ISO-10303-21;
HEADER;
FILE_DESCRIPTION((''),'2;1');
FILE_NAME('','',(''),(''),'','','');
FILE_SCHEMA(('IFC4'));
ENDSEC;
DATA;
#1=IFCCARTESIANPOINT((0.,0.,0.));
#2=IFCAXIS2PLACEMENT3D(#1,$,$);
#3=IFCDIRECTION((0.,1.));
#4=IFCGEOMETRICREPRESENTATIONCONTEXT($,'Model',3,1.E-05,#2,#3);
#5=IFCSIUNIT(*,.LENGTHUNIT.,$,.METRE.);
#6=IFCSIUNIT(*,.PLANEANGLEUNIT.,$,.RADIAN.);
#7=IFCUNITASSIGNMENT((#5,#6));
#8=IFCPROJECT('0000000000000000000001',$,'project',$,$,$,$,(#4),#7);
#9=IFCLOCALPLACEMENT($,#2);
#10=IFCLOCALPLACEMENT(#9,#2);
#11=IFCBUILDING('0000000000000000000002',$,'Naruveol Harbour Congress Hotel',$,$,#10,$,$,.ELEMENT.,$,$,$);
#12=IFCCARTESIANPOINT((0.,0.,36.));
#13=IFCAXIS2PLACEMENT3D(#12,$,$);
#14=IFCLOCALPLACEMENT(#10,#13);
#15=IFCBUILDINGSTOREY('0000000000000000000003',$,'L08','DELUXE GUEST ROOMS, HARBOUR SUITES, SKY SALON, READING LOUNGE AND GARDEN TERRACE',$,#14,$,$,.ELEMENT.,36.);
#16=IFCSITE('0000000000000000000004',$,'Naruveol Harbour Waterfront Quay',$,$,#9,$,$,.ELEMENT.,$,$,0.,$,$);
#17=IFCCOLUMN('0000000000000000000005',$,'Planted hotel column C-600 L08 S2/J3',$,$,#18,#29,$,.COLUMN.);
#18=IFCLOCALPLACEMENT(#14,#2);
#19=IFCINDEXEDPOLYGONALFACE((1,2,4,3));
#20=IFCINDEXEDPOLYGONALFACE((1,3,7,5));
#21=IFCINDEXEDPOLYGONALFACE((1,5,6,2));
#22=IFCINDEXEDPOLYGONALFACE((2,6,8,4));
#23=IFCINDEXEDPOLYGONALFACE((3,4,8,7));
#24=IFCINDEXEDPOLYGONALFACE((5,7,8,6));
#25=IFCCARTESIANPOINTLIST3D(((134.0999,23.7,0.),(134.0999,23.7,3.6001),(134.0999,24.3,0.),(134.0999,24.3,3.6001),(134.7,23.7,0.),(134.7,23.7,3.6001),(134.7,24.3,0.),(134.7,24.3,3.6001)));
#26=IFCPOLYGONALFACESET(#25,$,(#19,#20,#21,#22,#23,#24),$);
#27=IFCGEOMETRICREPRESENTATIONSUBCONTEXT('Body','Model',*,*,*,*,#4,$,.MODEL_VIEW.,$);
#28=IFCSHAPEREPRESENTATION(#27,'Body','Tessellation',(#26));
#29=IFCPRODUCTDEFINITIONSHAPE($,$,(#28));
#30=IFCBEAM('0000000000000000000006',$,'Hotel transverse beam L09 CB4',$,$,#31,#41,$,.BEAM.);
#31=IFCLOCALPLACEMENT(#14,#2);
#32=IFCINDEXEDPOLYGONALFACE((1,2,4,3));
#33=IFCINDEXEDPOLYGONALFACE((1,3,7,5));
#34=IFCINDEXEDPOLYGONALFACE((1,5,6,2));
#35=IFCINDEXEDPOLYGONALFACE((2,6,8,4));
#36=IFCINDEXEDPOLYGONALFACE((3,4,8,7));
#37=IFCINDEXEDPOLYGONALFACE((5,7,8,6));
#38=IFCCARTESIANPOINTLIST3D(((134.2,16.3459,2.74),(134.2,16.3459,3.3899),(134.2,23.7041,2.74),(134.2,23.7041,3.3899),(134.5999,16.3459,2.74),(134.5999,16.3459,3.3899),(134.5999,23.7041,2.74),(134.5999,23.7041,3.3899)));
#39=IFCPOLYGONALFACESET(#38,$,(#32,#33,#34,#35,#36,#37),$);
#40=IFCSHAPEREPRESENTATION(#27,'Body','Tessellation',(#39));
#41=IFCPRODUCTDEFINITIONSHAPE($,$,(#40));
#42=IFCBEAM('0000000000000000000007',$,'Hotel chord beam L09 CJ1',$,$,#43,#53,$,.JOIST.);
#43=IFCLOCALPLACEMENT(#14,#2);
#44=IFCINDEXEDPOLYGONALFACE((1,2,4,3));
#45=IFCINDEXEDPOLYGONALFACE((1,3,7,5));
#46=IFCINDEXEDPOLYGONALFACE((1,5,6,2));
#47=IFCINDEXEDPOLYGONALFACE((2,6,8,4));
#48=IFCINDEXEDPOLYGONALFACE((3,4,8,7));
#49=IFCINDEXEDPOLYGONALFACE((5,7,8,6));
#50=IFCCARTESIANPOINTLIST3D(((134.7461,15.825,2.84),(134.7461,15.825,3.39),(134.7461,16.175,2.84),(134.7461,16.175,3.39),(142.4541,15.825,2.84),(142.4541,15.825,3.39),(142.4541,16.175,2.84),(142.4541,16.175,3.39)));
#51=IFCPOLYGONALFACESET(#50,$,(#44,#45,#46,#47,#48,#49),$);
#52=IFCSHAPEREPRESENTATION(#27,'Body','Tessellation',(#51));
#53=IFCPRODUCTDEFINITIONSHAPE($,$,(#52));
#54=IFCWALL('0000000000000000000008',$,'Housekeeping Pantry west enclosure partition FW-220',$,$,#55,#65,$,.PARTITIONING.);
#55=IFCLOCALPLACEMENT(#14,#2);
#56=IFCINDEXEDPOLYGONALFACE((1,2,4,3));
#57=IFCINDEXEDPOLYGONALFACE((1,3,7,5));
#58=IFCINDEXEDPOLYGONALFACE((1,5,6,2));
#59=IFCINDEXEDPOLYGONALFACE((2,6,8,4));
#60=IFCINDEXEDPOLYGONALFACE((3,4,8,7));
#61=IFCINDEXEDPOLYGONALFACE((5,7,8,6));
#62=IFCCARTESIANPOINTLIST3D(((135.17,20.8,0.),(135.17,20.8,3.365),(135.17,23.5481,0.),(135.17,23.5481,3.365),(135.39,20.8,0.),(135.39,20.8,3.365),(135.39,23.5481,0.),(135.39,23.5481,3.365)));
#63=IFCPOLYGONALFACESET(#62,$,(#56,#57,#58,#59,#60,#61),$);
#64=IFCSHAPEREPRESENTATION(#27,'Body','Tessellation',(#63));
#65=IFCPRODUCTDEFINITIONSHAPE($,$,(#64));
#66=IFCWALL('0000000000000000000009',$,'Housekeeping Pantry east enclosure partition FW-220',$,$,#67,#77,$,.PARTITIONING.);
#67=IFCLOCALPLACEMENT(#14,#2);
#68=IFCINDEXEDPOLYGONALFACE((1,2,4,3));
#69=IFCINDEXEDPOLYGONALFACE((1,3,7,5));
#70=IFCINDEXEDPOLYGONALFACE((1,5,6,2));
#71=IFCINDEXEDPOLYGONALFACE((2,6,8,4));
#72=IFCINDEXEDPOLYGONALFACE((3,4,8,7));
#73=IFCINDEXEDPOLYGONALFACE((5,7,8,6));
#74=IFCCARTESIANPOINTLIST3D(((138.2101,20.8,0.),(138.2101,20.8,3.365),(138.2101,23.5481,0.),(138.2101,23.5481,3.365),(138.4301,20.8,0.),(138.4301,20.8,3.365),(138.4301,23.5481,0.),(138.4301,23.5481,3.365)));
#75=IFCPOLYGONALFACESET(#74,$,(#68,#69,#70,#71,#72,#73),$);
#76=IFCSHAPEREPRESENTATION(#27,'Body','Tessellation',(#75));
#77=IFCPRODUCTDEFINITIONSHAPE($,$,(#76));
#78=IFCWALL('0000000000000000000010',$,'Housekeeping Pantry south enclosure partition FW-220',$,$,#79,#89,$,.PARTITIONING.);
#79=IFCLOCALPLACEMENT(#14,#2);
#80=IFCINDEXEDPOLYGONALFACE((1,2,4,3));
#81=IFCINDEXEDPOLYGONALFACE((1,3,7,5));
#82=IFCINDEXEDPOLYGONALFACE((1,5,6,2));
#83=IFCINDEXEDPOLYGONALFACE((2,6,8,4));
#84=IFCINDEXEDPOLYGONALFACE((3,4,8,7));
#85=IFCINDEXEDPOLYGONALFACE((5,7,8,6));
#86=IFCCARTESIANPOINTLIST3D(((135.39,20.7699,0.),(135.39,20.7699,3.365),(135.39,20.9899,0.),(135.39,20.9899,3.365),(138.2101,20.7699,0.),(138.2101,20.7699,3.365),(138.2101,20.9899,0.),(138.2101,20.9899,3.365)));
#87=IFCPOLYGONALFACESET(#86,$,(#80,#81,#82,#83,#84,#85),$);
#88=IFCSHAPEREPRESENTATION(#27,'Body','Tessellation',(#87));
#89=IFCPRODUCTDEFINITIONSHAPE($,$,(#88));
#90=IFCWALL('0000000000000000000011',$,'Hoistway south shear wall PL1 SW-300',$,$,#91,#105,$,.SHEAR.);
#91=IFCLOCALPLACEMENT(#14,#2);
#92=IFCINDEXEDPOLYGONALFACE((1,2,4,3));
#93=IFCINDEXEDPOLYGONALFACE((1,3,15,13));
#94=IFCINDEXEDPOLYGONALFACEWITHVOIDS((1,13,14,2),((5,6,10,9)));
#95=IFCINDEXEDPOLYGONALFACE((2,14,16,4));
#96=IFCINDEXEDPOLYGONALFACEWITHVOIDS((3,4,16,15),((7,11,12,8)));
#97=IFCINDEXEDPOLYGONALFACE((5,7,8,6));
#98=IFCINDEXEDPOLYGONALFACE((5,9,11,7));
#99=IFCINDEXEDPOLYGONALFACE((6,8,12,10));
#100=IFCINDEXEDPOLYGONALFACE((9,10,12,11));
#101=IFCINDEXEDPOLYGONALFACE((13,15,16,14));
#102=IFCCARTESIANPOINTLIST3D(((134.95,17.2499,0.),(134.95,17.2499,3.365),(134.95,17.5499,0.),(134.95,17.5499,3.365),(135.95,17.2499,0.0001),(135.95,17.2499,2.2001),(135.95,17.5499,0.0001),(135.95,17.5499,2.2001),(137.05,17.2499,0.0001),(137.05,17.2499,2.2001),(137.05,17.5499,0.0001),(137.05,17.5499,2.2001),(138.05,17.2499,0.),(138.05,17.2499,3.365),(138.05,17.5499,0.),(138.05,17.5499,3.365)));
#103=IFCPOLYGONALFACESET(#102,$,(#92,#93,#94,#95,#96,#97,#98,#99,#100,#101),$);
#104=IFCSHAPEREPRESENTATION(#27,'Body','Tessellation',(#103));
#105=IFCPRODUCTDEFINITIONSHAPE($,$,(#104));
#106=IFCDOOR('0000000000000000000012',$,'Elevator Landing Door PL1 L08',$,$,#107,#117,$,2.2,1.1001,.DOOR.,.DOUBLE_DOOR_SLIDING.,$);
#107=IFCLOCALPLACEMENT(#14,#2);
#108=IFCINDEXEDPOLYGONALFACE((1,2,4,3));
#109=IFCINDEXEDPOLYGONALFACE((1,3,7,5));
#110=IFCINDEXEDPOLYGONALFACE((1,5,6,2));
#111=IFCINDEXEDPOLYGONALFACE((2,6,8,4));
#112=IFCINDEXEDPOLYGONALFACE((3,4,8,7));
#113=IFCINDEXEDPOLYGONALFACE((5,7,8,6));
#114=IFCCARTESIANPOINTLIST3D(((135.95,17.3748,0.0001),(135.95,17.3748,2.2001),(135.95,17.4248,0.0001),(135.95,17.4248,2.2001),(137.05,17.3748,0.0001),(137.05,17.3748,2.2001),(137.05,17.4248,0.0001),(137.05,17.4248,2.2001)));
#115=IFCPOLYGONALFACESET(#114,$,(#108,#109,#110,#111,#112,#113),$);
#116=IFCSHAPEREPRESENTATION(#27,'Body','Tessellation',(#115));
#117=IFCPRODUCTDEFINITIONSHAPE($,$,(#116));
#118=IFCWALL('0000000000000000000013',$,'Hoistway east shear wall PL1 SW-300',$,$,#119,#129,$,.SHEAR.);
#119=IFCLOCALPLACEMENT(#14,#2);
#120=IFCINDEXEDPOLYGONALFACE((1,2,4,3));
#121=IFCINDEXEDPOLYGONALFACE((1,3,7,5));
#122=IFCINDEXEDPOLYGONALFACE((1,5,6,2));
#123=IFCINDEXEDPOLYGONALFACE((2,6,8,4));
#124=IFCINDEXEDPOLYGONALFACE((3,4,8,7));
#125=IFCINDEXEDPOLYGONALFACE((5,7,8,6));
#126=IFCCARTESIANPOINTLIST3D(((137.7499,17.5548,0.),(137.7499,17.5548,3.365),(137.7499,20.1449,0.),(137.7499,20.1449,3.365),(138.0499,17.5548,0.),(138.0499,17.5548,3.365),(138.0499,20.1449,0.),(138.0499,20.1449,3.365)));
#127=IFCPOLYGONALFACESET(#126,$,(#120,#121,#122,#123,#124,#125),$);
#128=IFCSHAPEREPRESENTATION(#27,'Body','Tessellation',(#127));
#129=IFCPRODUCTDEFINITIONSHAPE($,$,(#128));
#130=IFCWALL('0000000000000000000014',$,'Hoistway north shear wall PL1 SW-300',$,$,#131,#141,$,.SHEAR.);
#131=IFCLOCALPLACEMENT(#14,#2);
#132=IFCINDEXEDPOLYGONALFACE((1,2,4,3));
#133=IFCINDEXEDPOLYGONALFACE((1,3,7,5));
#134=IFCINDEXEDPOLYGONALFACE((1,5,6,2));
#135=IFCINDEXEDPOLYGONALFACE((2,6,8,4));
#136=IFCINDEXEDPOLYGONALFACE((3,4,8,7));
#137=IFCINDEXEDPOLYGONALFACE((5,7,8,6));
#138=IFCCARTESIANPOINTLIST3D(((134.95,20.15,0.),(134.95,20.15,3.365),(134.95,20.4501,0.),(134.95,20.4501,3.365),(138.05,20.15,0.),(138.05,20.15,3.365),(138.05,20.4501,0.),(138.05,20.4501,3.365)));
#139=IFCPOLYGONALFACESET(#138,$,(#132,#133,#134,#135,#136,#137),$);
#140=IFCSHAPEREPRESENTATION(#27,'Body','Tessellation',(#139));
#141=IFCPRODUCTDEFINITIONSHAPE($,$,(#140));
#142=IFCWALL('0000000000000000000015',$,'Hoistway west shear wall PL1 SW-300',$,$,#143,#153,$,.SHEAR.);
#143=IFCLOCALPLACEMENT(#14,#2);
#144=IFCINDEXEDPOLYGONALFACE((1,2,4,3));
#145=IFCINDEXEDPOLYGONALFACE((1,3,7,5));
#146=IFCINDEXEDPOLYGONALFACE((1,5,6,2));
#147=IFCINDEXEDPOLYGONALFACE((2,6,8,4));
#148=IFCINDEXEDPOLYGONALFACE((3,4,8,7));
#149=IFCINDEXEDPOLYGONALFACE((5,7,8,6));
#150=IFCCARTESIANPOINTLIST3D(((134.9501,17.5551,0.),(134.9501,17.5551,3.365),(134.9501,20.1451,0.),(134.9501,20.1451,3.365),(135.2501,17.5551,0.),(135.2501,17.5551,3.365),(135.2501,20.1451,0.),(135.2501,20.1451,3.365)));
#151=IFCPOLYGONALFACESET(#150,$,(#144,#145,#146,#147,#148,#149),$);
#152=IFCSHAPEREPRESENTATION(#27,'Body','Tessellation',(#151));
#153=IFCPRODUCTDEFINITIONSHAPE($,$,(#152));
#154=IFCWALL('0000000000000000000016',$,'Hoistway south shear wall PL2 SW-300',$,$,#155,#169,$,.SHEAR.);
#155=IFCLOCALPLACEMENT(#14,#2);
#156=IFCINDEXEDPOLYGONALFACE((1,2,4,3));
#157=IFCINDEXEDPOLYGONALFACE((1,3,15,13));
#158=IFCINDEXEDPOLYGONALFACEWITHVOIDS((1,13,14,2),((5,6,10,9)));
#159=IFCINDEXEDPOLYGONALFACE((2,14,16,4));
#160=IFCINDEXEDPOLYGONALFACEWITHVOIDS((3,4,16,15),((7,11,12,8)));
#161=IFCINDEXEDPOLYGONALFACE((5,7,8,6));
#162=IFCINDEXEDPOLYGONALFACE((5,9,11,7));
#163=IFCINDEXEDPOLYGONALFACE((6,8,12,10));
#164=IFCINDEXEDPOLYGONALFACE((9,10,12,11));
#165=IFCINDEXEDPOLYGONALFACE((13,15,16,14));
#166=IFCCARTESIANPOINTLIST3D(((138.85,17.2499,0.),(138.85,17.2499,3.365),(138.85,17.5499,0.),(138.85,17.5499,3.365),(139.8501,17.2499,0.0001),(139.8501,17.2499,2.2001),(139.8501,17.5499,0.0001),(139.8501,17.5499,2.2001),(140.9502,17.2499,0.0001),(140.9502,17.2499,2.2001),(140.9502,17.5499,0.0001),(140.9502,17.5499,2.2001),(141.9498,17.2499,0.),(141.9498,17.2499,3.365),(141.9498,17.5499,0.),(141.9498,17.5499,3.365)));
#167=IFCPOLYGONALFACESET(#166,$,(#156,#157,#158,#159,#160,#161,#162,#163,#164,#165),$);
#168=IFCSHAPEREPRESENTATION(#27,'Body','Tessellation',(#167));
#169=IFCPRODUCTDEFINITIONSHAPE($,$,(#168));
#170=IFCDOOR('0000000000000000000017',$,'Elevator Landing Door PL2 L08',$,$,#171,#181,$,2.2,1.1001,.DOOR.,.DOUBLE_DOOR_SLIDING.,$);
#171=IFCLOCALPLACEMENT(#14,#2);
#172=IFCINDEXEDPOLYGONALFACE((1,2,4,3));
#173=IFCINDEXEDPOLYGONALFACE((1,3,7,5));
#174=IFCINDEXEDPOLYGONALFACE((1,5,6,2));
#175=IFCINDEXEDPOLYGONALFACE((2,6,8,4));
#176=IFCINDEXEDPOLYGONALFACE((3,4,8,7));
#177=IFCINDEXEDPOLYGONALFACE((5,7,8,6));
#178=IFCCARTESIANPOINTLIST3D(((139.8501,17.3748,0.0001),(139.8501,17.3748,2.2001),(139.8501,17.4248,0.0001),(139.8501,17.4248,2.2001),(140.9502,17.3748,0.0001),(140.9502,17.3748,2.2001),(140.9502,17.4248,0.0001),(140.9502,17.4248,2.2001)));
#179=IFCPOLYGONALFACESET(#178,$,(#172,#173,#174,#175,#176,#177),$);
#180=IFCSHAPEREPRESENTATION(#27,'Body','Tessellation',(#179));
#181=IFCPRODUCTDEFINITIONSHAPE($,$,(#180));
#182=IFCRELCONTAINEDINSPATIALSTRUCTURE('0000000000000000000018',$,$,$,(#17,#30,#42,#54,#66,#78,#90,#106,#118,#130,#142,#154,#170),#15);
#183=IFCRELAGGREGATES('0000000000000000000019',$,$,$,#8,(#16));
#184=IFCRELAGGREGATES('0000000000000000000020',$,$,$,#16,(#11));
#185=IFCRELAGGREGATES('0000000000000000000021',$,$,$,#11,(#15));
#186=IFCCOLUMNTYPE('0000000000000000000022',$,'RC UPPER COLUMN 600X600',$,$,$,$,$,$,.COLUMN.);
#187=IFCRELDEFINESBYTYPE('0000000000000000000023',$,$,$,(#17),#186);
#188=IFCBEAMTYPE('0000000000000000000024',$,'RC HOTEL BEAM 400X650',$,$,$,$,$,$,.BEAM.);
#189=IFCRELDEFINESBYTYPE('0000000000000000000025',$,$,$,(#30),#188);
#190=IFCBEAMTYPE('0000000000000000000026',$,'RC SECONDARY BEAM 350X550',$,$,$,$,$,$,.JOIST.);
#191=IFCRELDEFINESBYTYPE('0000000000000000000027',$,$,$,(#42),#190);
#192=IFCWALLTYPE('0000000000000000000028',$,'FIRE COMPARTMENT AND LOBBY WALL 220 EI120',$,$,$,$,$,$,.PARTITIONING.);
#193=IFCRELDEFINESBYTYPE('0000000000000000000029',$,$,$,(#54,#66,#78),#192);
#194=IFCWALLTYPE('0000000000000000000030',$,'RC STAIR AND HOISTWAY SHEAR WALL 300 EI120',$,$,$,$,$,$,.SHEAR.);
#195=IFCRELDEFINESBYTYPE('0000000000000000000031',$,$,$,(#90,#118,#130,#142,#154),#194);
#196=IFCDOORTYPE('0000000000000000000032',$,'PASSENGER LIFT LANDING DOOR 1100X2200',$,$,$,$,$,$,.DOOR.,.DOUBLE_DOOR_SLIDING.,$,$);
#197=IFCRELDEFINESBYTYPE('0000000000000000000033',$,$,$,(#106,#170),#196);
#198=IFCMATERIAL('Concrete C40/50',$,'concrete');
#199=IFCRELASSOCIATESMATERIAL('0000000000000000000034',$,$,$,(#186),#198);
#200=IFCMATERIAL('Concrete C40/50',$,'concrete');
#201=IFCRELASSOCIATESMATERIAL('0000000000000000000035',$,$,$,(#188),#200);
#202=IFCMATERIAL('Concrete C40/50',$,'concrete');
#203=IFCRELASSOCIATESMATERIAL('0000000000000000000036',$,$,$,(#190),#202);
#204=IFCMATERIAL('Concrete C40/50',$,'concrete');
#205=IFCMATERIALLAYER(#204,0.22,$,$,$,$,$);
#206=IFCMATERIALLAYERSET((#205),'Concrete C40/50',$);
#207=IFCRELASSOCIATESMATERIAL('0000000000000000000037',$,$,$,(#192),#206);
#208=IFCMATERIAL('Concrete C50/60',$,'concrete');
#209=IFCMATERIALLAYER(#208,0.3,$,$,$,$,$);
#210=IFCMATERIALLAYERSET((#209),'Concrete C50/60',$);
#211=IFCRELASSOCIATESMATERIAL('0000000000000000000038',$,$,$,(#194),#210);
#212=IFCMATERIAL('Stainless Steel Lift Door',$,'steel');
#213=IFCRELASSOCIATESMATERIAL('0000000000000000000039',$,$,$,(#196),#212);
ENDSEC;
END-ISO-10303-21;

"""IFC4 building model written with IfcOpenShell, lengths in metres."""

from ifc_helpers import new_model, si_unit, direction, frame, frame_2d, origin, origin_2d, place, context, subcontext, project, spatial, rectangle, extrude, material, layer, layer_set, material_profile, profile_set, type_object, element, fill, save


model = new_model("IFC4")

# Units and contexts
model_context = context("Model", 3, precision=1e-05, world=origin(), true_north=direction((0.0, 1.0)))
body_context = subcontext(model_context, "Body", "Model", "MODEL_VIEW")
ifc_project = project(units=[si_unit("LENGTHUNIT", "METRE"), si_unit("PLANEANGLEUNIT", "RADIAN")], contexts=[model_context])

# Site, building, storey
site_placement = place(None, origin())
site = spatial("IfcSite", under=ifc_project, at=site_placement, Name="Naruveol Harbour Waterfront Quay", CompositionType="ELEMENT", RefElevation=0.0)
building_placement = place(site_placement, origin())
building = spatial("IfcBuilding", under=site, at=building_placement, Name="Naruveol Harbour Congress Hotel", CompositionType="ELEMENT")
storey_placement = place(building_placement, frame((0.0, 0.0, 36.0)))
storey = spatial("IfcBuildingStorey", under=building, at=storey_placement, Name="L08", Description="DELUXE GUEST ROOMS, HARBOUR SUITES, SKY SALON, READING LOUNGE AND GARDEN TERRACE", CompositionType="ELEMENT", Elevation=36.0)

# Column
ifc_material_1 = material(Name="Concrete C40/50", Category="concrete")
ifc_material_profile_1 = material_profile(ifc_material_1, rectangle(XDim=0.6001, YDim=0.6001, at=origin_2d()), Name="RC-600x600")
ifc_profile_set_1 = profile_set([ifc_material_profile_1], Name="Concrete C40/50")
column_type = type_object("IfcColumnType", Name="RC UPPER COLUMN 600X600", PredefinedType="COLUMN", material=ifc_profile_set_1)
column_placement = place(storey_placement, frame((134.3999, 24.0, 0.0), z_axis=(0.0, 0.0, 1.0), x_axis=(1.0, 0.0, 0.0)))
element("IfcColumn", 1, at=column_placement, inside=storey, type_object=column_type, Name="Planted hotel column C-600 L08 S2/J3", PredefinedType="COLUMN", context=body_context, shape_type="SweptSolid", body=[
    extrude(rectangle(XDim=0.6001, YDim=0.6001, at=origin_2d()), origin(), (0.0, 0.0, 1.0), 3.6001),
])

# Beams
ifc_material_2 = material(Name="Concrete C40/50", Category="concrete")
ifc_material_profile_2 = material_profile(ifc_material_2, rectangle(XDim=0.3999, YDim=0.6499, at=origin_2d()), Name="RCB-400x650")
ifc_profile_set_2 = profile_set([ifc_material_profile_2], Name="Concrete C40/50")
beam_type_1 = type_object("IfcBeamType", Name="RC HOTEL BEAM 400X650", PredefinedType="BEAM", material=ifc_profile_set_2)
beam_1_placement = place(storey_placement, frame((134.3999, 16.3459, 3.0649), z_axis=(0.0, 1.0, 0.0), x_axis=(-1.0, 0.0, 0.0)))
element("IfcBeam", 2, at=beam_1_placement, inside=storey, type_object=beam_type_1, Name="Hotel transverse beam L09 CB4", PredefinedType="BEAM", context=body_context, shape_type="SweptSolid", body=[
    extrude(rectangle(XDim=0.3999, YDim=0.6499, at=origin_2d()), origin(), (0.0, 0.0, 1.0), 7.3582),
])
ifc_material_3 = material(Name="Concrete C40/50", Category="concrete")
ifc_material_profile_3 = material_profile(ifc_material_3, rectangle(XDim=0.3501, YDim=0.55, at=origin_2d()), Name="RCB-350x550")
ifc_profile_set_3 = profile_set([ifc_material_profile_3], Name="Concrete C40/50")
beam_type_2 = type_object("IfcBeamType", Name="RC SECONDARY BEAM 350X550", PredefinedType="JOIST", material=ifc_profile_set_3)
beam_2_placement = place(storey_placement, frame((134.7461, 16.0, 3.115), z_axis=(1.0, 0.0, 0.0), x_axis=(0.0, 1.0, 0.0)))
element("IfcBeam", 3, at=beam_2_placement, inside=storey, type_object=beam_type_2, Name="Hotel chord beam L09 CJ1", PredefinedType="JOIST", context=body_context, shape_type="SweptSolid", body=[
    extrude(rectangle(XDim=0.3501, YDim=0.55, at=origin_2d()), origin(), (0.0, 0.0, 1.0), 7.708),
])

# Shared definitions
ifc_material_4 = material(Name="Concrete C40/50", Category="concrete")
ifc_layer_1 = layer(ifc_material_4, 0.22)
ifc_layer_set_1 = layer_set([ifc_layer_1], Name="Concrete C40/50")
wall_type_1 = type_object("IfcWallType", Name="FIRE COMPARTMENT AND LOBBY WALL 220 EI120", PredefinedType="PARTITIONING", material=ifc_layer_set_1)

# Walls
for number, where, z_axis, x_axis, name in (
    (4, (135.28, 20.8, 0.0), (0.0, 0.0, 1.0), (0.0, 1.0, 0.0), "Housekeeping Pantry west enclosure partition FW-220"),
    (5, (138.3201, 20.8, 0.0), (0.0, 0.0, 1.0), (0.0, 1.0, 0.0), "Housekeeping Pantry east enclosure partition FW-220"),
):
    element("IfcWall", number, at=place(storey_placement, frame(where, z_axis=z_axis, x_axis=x_axis)), inside=storey, type_object=wall_type_1, Name=name, PredefinedType="PARTITIONING", context=body_context, shape_type="SweptSolid", body=[
        extrude(rectangle(XDim=2.748, YDim=0.22, at=frame_2d((1.374, 0.0))), origin(), (0.0, 0.0, 1.0), 3.365),
    ])
wall_1_placement = place(storey_placement, frame((135.3899, 20.8799, 0.0), z_axis=(0.0, 0.0, 1.0), x_axis=(1.0, 0.0, 0.0)))
element("IfcWall", 6, at=wall_1_placement, inside=storey, type_object=wall_type_1, Name="Housekeeping Pantry south enclosure partition FW-220", PredefinedType="PARTITIONING", context=body_context, shape_type="SweptSolid", body=[
    extrude(rectangle(XDim=2.8201, YDim=0.22, at=frame_2d((1.4102, 0.0))), origin(), (0.0, 0.0, 1.0), 3.365),
])

# Wall, opening, door
ifc_material_5 = material(Name="Concrete C50/60", Category="concrete")
ifc_layer_2 = layer(ifc_material_5, 0.3)
ifc_layer_set_2 = layer_set([ifc_layer_2], Name="Concrete C50/60")
wall_type_2 = type_object("IfcWallType", Name="RC STAIR AND HOISTWAY SHEAR WALL 300 EI120", PredefinedType="SHEAR", material=ifc_layer_set_2)
wall_2_placement = place(storey_placement, frame((134.95, 17.3999, 0.0), z_axis=(0.0, 0.0, 1.0), x_axis=(1.0, 0.0, 0.0)))
wall_2 = element("IfcWall", 7, at=wall_2_placement, inside=storey, type_object=wall_type_2, Name="Hoistway south shear wall PL1 SW-300", PredefinedType="SHEAR", context=body_context, shape_type="SweptSolid", body=[
    extrude(rectangle(XDim=3.1001, YDim=0.3, at=frame_2d((1.55, 0.0))), origin(), (0.0, 0.0, 1.0), 3.365),
])
opening_1_placement = place(wall_2_placement, frame((1.0, 0.0, 0.0)))
opening_1 = element("IfcOpeningElement", 8, at=opening_1_placement, cuts=wall_2, PredefinedType="OPENING", context=body_context, shape_type="SweptSolid", body=[
    extrude(rectangle(XDim=1.1001, YDim=2.2, at=frame_2d((0.55, 1.1001))), frame((0.0, 0.1599, 0.0), z_axis=(0.0, -1.0, 0.0), x_axis=(1.0, 0.0, 0.0)), (0.0, 0.0, 1.0), 0.3201),
])
ifc_material_6 = material(Name="Stainless Steel Lift Door", Category="steel")
door_type_1 = type_object("IfcDoorType", Name="PASSENGER LIFT LANDING DOOR 1100X2200", OperationType="DOUBLE_DOOR_SLIDING", PredefinedType="DOOR", material=ifc_material_6)
door_1_placement = place(opening_1_placement, origin())
door_1 = element("IfcDoor", 9, at=door_1_placement, inside=storey, type_object=door_type_1, Name="Elevator Landing Door PL1 L08", OperationType="DOUBLE_DOOR_SLIDING", OverallHeight=2.2, OverallWidth=1.1001, PredefinedType="DOOR", context=body_context, shape_type="SweptSolid", body=[
    extrude(rectangle(XDim=1.1001, YDim=2.2, at=frame_2d((0.55, 1.1001))), frame((0.0, 0.0249, 0.0), z_axis=(0.0, -1.0, 0.0), x_axis=(1.0, 0.0, 0.0)), (0.0, 0.0, 1.0), 0.05),
])
fill(opening_1, door_1)

# Walls
wall_3_placement = place(storey_placement, frame((137.8999, 17.5549, 0.0), z_axis=(0.0, 0.0, 1.0), x_axis=(0.0, 1.0, 0.0)))
element("IfcWall", 10, at=wall_3_placement, inside=storey, type_object=wall_type_2, Name="Hoistway east shear wall PL1 SW-300", PredefinedType="SHEAR", context=body_context, shape_type="SweptSolid", body=[
    extrude(rectangle(XDim=2.5901, YDim=0.3, at=frame_2d((1.2949, 0.0))), origin(), (0.0, 0.0, 1.0), 3.365),
])
wall_4_placement = place(storey_placement, frame((138.05, 20.3, 0.0), z_axis=(0.0, 0.0, 1.0), x_axis=(-1.0, 0.0, 0.0)))
element("IfcWall", 11, at=wall_4_placement, inside=storey, type_object=wall_type_2, Name="Hoistway north shear wall PL1 SW-300", PredefinedType="SHEAR", context=body_context, shape_type="SweptSolid", body=[
    extrude(rectangle(XDim=3.1001, YDim=0.3, at=frame_2d((1.55, 0.0))), origin(), (0.0, 0.0, 1.0), 3.365),
])
wall_5_placement = place(storey_placement, frame((135.1001, 20.145, 0.0), z_axis=(0.0, 0.0, 1.0), x_axis=(0.0, -1.0, 0.0)))
element("IfcWall", 12, at=wall_5_placement, inside=storey, type_object=wall_type_2, Name="Hoistway west shear wall PL1 SW-300", PredefinedType="SHEAR", context=body_context, shape_type="SweptSolid", body=[
    extrude(rectangle(XDim=2.5901, YDim=0.3, at=frame_2d((1.2949, 0.0))), origin(), (0.0, 0.0, 1.0), 3.365),
])

# Wall, opening, door
wall_6_placement = place(storey_placement, frame((138.8501, 17.3999, 0.0), z_axis=(0.0, 0.0, 1.0), x_axis=(1.0, 0.0, 0.0)))
wall_6 = element("IfcWall", 13, at=wall_6_placement, inside=storey, type_object=wall_type_2, Name="Hoistway south shear wall PL2 SW-300", PredefinedType="SHEAR", context=body_context, shape_type="SweptSolid", body=[
    extrude(rectangle(XDim=3.0999, YDim=0.3, at=frame_2d((1.5498, 0.0))), origin(), (0.0, 0.0, 1.0), 3.365),
])
opening_2_placement = place(wall_6_placement, frame((1.0, 0.0, 0.0)))
opening_2 = element("IfcOpeningElement", 14, at=opening_2_placement, cuts=wall_6, PredefinedType="OPENING", context=body_context, shape_type="SweptSolid", body=[
    extrude(rectangle(XDim=1.1001, YDim=2.2, at=frame_2d((0.55, 1.1001))), frame((0.0, 0.1599, 0.0), z_axis=(0.0, -1.0, 0.0), x_axis=(1.0, 0.0, 0.0)), (0.0, 0.0, 1.0), 0.3201),
])
door_2_placement = place(opening_2_placement, origin())
door_2 = element("IfcDoor", 15, at=door_2_placement, inside=storey, type_object=door_type_1, Name="Elevator Landing Door PL2 L08", OperationType="DOUBLE_DOOR_SLIDING", OverallHeight=2.2, OverallWidth=1.1001, PredefinedType="DOOR", context=body_context, shape_type="SweptSolid", body=[
    extrude(rectangle(XDim=1.1001, YDim=2.2, at=frame_2d((0.55, 1.1001))), frame((0.0, 0.0249, 0.0), z_axis=(0.0, -1.0, 0.0), x_axis=(1.0, 0.0, 0.0)), (0.0, 0.0, 1.0), 0.05),
])
fill(opening_2, door_2)

save(model, "model.ifc")
